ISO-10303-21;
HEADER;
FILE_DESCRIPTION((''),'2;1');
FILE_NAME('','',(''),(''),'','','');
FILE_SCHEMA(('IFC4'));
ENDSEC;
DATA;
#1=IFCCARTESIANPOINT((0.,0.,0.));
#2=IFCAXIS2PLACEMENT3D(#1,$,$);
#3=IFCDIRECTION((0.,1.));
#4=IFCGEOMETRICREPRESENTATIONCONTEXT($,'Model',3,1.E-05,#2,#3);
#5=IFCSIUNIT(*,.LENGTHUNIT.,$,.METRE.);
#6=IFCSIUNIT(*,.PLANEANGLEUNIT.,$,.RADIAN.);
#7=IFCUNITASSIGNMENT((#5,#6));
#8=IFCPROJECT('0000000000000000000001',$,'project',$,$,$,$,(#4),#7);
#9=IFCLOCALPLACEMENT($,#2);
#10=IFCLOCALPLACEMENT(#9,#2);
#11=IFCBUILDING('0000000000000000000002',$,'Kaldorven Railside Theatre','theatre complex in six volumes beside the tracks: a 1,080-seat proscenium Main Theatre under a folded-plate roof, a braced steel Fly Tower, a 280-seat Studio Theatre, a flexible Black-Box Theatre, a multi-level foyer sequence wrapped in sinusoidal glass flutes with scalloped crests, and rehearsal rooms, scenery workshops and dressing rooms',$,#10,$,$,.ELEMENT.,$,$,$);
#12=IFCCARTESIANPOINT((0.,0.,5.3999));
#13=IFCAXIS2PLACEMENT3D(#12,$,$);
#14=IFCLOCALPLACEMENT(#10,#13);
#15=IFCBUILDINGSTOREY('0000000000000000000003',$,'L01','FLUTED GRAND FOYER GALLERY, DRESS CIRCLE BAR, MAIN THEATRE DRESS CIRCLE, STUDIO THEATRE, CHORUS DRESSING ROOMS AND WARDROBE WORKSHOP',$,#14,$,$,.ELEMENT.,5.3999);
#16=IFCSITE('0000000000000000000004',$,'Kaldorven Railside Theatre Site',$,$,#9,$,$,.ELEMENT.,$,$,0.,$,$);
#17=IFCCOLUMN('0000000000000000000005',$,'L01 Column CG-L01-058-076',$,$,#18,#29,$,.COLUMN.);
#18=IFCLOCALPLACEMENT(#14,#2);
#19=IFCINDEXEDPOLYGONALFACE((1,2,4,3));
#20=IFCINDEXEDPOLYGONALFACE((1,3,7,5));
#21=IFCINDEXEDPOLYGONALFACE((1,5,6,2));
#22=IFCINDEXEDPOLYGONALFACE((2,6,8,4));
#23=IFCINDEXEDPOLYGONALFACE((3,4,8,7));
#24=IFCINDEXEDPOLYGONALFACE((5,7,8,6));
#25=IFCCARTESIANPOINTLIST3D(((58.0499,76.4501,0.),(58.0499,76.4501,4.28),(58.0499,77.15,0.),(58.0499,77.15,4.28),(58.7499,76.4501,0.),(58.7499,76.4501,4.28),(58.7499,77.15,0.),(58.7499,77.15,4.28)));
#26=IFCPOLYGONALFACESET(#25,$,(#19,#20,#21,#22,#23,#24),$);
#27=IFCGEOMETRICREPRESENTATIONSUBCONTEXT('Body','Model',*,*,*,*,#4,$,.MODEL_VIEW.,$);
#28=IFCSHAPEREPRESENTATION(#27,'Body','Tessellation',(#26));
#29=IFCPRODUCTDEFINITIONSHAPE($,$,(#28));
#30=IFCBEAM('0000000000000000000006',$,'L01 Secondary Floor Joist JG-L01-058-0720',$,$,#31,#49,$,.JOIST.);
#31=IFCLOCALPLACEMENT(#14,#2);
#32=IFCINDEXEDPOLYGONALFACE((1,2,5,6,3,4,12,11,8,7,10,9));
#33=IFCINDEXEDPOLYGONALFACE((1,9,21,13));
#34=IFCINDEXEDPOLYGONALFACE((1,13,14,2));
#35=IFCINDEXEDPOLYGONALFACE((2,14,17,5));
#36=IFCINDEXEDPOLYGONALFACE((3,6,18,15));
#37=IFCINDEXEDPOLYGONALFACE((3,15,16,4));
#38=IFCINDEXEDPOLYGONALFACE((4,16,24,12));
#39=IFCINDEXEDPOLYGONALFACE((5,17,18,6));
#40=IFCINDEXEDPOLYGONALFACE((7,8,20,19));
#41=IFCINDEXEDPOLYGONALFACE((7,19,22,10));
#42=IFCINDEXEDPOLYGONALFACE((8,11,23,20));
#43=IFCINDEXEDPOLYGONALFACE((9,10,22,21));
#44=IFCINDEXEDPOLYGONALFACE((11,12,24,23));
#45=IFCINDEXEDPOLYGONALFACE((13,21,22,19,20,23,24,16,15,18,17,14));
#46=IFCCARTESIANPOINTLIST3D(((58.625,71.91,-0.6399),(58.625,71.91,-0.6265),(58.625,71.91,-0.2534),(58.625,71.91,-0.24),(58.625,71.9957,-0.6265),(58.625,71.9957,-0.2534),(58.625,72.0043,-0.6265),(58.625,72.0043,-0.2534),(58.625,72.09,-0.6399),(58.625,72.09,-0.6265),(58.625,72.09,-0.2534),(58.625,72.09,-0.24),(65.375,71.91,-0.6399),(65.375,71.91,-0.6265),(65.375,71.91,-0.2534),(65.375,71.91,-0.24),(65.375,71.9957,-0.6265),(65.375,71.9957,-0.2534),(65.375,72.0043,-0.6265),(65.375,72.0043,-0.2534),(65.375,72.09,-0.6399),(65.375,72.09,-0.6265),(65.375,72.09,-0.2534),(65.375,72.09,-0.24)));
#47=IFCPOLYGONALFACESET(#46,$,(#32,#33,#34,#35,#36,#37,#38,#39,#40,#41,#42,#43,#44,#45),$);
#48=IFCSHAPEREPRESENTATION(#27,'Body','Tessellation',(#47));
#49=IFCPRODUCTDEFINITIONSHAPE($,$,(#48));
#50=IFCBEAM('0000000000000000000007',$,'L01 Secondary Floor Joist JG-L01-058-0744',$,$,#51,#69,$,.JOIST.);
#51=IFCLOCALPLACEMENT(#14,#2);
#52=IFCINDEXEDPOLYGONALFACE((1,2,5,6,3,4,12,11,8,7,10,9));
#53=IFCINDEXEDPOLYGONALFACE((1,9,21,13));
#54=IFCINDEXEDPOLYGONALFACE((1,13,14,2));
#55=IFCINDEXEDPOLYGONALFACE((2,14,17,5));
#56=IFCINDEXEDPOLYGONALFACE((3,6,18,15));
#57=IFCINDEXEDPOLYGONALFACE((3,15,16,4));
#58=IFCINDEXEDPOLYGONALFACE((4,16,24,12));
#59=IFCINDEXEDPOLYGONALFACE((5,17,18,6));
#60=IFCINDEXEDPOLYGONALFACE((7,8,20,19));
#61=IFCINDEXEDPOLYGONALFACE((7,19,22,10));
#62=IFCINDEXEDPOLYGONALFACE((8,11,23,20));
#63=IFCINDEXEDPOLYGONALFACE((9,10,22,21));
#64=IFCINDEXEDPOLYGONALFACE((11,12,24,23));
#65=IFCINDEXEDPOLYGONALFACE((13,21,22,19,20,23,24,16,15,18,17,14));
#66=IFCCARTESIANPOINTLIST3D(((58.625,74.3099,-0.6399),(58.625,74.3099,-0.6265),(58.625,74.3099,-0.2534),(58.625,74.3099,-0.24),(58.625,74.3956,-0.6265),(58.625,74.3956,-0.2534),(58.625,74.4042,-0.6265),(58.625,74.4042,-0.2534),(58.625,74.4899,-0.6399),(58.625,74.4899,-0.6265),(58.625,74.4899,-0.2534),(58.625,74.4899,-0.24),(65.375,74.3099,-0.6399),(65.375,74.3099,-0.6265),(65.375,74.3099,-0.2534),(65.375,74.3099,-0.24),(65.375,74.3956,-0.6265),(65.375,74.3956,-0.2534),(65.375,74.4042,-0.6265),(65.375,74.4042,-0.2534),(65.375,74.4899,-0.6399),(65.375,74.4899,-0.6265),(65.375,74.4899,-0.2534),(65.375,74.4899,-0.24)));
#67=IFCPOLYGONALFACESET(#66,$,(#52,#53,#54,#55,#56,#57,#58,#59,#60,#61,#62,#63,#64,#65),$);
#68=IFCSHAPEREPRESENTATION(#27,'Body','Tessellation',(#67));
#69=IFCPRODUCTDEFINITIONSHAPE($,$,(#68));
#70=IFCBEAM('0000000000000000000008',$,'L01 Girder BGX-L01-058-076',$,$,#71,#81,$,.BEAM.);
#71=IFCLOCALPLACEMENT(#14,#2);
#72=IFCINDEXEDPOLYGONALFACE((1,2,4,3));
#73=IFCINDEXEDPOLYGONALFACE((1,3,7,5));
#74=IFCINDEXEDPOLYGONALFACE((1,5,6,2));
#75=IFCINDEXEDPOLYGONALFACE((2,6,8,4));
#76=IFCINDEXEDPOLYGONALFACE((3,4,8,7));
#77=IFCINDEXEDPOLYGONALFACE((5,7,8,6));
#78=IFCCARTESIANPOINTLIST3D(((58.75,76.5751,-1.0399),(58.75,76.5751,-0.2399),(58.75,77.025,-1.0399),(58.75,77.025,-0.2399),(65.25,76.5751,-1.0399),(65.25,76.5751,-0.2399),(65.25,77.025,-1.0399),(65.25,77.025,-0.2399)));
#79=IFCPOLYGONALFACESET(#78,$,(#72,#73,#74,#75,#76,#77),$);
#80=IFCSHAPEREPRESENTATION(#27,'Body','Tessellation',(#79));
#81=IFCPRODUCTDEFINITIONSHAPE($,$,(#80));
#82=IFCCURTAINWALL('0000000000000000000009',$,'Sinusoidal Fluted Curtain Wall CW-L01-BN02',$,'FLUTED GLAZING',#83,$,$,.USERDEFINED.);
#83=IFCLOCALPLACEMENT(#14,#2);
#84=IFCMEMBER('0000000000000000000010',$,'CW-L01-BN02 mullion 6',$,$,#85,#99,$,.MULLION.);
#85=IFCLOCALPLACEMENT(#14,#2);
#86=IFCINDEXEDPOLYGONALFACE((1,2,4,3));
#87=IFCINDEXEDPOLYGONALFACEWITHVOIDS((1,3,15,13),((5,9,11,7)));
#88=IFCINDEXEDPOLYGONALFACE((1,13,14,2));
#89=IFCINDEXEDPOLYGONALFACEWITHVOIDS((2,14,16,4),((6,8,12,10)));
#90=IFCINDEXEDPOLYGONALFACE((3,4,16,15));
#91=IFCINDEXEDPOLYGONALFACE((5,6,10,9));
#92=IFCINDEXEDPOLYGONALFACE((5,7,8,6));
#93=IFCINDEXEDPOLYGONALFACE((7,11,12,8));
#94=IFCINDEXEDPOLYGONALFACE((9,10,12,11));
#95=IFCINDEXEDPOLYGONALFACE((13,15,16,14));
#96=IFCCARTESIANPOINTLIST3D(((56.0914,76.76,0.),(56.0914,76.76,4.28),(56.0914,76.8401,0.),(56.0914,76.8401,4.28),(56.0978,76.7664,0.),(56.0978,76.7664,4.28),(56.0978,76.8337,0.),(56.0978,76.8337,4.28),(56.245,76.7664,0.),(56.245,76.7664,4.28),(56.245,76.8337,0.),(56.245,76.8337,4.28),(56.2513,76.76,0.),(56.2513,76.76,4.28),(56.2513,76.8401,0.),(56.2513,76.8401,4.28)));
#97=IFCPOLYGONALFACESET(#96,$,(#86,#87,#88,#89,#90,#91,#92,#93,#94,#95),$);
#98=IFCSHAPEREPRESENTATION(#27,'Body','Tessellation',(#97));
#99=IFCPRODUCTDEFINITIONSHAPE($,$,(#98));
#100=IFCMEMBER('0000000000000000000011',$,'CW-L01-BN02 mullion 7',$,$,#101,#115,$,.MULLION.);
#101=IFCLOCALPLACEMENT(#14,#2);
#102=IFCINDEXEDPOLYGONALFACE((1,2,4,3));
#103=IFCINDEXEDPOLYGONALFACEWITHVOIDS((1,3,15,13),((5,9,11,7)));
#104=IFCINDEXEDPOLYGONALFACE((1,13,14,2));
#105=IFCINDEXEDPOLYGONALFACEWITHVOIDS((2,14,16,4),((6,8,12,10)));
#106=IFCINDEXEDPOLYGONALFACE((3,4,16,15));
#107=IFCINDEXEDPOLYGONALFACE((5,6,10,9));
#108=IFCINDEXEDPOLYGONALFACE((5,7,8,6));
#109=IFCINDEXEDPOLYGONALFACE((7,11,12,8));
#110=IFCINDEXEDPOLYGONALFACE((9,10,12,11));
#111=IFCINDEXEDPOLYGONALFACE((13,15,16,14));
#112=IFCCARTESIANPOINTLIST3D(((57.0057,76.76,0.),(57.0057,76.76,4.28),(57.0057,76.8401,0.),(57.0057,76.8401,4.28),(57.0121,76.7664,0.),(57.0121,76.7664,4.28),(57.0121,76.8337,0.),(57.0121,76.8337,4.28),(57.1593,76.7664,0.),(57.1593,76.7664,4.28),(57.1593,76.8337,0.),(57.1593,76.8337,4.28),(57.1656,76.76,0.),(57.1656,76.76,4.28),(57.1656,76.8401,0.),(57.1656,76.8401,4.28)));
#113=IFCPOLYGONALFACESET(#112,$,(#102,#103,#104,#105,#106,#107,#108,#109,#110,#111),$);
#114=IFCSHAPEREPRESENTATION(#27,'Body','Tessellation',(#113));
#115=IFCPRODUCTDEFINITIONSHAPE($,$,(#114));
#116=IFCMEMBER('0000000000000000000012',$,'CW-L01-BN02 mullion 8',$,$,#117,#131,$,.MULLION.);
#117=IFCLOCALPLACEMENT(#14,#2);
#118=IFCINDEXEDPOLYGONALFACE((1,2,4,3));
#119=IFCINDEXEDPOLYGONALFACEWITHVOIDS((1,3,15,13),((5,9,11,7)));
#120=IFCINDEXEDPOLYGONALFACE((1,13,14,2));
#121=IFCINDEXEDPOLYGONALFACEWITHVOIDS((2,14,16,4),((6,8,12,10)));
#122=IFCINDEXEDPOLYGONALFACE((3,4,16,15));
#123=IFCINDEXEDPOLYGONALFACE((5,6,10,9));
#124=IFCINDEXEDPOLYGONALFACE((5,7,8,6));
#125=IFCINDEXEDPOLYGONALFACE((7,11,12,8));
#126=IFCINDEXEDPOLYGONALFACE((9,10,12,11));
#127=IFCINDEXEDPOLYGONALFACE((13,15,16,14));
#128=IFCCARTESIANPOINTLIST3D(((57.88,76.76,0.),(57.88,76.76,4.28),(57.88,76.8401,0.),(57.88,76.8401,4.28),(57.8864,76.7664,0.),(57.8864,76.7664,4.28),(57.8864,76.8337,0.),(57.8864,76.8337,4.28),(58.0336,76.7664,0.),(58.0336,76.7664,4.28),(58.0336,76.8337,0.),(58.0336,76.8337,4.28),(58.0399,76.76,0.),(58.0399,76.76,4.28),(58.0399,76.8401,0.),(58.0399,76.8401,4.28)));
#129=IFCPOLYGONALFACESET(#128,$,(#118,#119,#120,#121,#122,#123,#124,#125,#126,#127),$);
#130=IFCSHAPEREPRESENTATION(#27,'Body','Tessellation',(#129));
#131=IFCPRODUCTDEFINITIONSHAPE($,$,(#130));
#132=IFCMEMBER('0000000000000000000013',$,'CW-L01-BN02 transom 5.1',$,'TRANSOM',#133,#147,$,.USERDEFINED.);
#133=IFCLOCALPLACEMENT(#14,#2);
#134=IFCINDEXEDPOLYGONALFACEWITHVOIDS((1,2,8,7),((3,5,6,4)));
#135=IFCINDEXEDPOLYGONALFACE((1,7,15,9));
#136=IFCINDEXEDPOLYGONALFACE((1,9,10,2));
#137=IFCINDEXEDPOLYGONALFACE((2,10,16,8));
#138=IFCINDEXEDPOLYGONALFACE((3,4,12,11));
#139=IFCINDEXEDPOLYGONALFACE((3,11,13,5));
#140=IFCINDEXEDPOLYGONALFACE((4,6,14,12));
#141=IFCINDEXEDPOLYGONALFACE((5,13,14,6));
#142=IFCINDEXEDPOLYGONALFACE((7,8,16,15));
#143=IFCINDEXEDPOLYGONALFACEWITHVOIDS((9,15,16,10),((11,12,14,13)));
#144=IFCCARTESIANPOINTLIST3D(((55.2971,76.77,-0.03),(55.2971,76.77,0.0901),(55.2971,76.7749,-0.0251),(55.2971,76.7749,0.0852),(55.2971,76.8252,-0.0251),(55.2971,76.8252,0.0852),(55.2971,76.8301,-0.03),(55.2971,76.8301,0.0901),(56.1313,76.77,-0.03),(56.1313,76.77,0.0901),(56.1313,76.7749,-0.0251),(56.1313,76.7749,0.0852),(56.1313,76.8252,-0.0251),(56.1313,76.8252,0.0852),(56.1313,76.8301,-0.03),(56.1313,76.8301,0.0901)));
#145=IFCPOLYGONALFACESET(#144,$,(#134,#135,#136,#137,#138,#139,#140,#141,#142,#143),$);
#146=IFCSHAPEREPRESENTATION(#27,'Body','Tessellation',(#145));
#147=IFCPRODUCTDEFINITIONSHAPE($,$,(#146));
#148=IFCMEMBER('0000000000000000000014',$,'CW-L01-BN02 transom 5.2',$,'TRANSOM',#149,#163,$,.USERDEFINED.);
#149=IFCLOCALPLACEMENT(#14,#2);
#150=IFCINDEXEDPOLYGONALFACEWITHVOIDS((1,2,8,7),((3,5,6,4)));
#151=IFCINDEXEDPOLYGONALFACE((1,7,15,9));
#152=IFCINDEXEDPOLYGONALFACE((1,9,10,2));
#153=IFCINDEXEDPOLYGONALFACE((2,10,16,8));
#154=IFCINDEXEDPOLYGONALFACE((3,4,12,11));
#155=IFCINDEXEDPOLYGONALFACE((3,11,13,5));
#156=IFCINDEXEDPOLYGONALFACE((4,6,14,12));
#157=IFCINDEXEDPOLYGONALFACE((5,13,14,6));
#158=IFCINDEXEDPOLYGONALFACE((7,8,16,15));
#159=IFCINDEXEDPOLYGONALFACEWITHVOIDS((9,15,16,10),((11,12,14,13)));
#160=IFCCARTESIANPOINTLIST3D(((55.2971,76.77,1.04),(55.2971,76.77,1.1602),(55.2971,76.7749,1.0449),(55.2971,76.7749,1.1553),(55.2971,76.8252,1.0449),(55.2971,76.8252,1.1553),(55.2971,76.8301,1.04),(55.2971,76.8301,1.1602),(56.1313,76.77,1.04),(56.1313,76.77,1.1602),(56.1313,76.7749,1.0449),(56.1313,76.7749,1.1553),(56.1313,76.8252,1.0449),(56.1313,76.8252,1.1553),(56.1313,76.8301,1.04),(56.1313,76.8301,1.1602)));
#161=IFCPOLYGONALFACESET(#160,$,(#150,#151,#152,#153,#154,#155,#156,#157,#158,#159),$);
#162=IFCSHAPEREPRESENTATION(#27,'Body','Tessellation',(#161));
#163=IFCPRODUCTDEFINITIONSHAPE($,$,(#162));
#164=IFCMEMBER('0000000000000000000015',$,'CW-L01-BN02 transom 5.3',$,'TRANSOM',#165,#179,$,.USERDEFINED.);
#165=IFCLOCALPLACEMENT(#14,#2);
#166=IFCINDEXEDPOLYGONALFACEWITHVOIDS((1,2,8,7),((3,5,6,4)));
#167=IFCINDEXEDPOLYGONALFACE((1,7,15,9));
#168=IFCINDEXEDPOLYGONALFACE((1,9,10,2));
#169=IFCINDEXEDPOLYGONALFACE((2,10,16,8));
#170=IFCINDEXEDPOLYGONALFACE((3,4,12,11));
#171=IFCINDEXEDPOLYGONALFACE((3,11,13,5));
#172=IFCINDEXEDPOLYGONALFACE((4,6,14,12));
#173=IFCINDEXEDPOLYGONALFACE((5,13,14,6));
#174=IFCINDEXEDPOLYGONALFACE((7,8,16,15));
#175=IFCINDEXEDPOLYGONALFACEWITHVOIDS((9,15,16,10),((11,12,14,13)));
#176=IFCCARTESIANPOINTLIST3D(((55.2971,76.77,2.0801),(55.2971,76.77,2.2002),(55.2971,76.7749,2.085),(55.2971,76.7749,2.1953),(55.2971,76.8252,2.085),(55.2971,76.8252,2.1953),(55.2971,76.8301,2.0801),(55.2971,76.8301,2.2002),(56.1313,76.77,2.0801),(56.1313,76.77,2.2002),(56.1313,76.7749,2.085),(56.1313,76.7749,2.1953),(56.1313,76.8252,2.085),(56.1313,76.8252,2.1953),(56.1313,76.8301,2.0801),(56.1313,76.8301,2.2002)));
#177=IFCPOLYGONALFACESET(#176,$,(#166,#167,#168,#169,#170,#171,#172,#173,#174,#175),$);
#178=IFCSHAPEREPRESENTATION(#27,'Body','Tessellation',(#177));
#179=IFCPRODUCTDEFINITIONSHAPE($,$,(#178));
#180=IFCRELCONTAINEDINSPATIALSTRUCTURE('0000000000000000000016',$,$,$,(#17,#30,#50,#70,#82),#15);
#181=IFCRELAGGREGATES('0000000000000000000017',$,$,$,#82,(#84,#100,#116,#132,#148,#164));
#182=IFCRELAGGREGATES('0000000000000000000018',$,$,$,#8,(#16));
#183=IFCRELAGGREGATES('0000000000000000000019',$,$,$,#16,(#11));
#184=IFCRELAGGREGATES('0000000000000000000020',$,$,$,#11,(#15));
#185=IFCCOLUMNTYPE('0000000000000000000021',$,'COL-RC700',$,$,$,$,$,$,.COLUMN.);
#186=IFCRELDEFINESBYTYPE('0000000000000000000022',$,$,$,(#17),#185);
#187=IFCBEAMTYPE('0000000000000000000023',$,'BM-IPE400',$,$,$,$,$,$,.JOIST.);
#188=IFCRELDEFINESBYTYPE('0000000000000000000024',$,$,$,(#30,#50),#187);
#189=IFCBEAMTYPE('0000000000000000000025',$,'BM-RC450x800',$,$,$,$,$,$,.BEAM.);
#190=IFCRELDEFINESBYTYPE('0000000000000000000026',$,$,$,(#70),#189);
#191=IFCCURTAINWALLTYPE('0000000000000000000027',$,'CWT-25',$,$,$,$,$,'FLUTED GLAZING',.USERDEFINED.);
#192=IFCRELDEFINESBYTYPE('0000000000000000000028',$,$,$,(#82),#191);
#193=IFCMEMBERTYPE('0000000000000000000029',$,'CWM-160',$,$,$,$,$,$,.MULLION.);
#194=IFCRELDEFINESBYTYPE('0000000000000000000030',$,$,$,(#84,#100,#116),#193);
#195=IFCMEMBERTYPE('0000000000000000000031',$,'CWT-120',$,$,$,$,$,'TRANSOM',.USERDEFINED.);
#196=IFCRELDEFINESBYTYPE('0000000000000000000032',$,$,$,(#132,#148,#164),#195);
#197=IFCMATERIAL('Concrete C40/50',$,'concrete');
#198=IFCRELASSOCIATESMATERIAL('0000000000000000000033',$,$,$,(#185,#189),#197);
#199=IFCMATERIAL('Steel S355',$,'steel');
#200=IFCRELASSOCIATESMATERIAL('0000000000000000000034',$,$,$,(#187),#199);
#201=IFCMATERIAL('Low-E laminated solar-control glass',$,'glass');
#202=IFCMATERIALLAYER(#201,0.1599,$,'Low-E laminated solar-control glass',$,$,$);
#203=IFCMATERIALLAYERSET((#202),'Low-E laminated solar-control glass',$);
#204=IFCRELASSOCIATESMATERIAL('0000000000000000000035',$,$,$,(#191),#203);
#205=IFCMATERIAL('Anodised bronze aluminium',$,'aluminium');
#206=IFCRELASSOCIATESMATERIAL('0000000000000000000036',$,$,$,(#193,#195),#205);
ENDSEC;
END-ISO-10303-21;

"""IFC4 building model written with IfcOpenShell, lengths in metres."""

from ifc_helpers import new_model, si_unit, direction, frame, origin, origin_2d, place, context, subcontext, project, spatial, rectangle, hollow_rectangle, i_section, extrude, material, layer, layer_set, material_profile, profile_set, type_object, element, aggregate, save


model = new_model("IFC4")

# Units and contexts
model_context = context("Model", 3, precision=1e-05, world=origin(), true_north=direction((0.0, 1.0)))
body_context = subcontext(model_context, "Body", "Model", "MODEL_VIEW")
ifc_project = project(units=[si_unit("LENGTHUNIT", "METRE"), si_unit("PLANEANGLEUNIT", "RADIAN")], contexts=[model_context])

# Site, building, storey
site_placement = place(None, origin())
site = spatial("IfcSite", under=ifc_project, at=site_placement, Name="Kaldorven Railside Theatre Site", CompositionType="ELEMENT", RefElevation=0.0)
building_placement = place(site_placement, origin())
building = spatial("IfcBuilding", under=site, at=building_placement, Name="Kaldorven Railside Theatre", Description="theatre complex in six volumes beside the tracks: a 1,080-seat proscenium Main Theatre under a folded-plate roof, a braced steel Fly Tower, a 280-seat Studio Theatre, a flexible Black-Box Theatre, a multi-level foyer sequence wrapped in sinusoidal glass flutes with scalloped crests, and rehearsal rooms, scenery workshops and dressing rooms", CompositionType="ELEMENT")
storey_placement = place(building_placement, frame((0.0, 0.0, 5.3999)))
storey = spatial("IfcBuildingStorey", under=building, at=storey_placement, Name="L01", Description="FLUTED GRAND FOYER GALLERY, DRESS CIRCLE BAR, MAIN THEATRE DRESS CIRCLE, STUDIO THEATRE, CHORUS DRESSING ROOMS AND WARDROBE WORKSHOP", CompositionType="ELEMENT", Elevation=5.3999)

# Column
ifc_material_1 = material(Name="Concrete C40/50", Category="concrete")
ifc_material_profile_1 = material_profile(ifc_material_1, rectangle(XDim=0.7, YDim=0.7, at=origin_2d()), Name="RC 700x700")
ifc_profile_set_1 = profile_set([ifc_material_profile_1], Name="Concrete C40/50")
column_type = type_object("IfcColumnType", Name="COL-RC700", PredefinedType="COLUMN", material=ifc_profile_set_1)
column_placement = place(storey_placement, frame((58.3999, 76.8, 0.0), z_axis=(0.0, 0.0, 1.0), x_axis=(0.0, 1.0, 0.0)))
element("IfcColumn", 1, at=column_placement, inside=storey, type_object=column_type, Name="L01 Column CG-L01-058-076", PredefinedType="COLUMN", context=body_context, shape_type="SweptSolid", body=[
    extrude(rectangle(XDim=0.7, YDim=0.7, at=origin_2d()), origin(), (0.0, 0.0, 1.0), 4.28),
])

# Beams
ifc_material_2 = material(Name="Steel S355", Category="steel")
ifc_material_profile_2 = material_profile(ifc_material_2, i_section(OverallWidth=0.1799, OverallDepth=0.3999, WebThickness=0.0085, FlangeThickness=0.0134, at=origin_2d()), Name="IPE 400")
ifc_profile_set_2 = profile_set([ifc_material_profile_2], Name="Steel S355")
beam_type_1 = type_object("IfcBeamType", Name="BM-IPE400", PredefinedType="JOIST", material=ifc_profile_set_2)
for number, where, z_axis, x_axis, name in (
    (2, (58.625, 72.0, -0.4399), (1.0, 0.0, 0.0), (0.0, 1.0, 0.0), "L01 Secondary Floor Joist JG-L01-058-0720"),
    (3, (58.625, 74.3999, -0.4399), (1.0, 0.0, 0.0), (0.0, 1.0, 0.0), "L01 Secondary Floor Joist JG-L01-058-0744"),
):
    element("IfcBeam", number, at=place(storey_placement, frame(where, z_axis=z_axis, x_axis=x_axis)), inside=storey, type_object=beam_type_1, Name=name, PredefinedType="JOIST", context=body_context, shape_type="SweptSolid", body=[
        extrude(i_section(OverallWidth=0.1799, OverallDepth=0.3999, WebThickness=0.0085, FlangeThickness=0.0134, at=origin_2d()), origin(), (0.0, 0.0, 1.0), 6.75),
    ])
ifc_material_profile_3 = material_profile(ifc_material_1, rectangle(XDim=0.45, YDim=0.8, at=origin_2d()), Name="RC 450x800")
ifc_profile_set_3 = profile_set([ifc_material_profile_3], Name="Concrete C40/50")
beam_type_2 = type_object("IfcBeamType", Name="BM-RC450x800", PredefinedType="BEAM", material=ifc_profile_set_3)
beam_placement = place(storey_placement, frame((58.75, 76.8, -0.6399), z_axis=(1.0, 0.0, 0.0), x_axis=(0.0, 1.0, 0.0)))
element("IfcBeam", 4, at=beam_placement, inside=storey, type_object=beam_type_2, Name="L01 Girder BGX-L01-058-076", PredefinedType="BEAM", context=body_context, shape_type="SweptSolid", body=[
    extrude(rectangle(XDim=0.45, YDim=0.8, at=origin_2d()), origin(), (0.0, 0.0, 1.0), 6.5),
])

# Curtain wall, members
ifc_material_3 = material(Name="Low-E laminated solar-control glass", Category="glass")
ifc_layer_1 = layer(ifc_material_3, 0.1599, Name="Low-E laminated solar-control glass")
ifc_layer_set_1 = layer_set([ifc_layer_1], Name="Low-E laminated solar-control glass")
curtain_wall_type = type_object("IfcCurtainWallType", Name="CWT-25", ElementType="FLUTED GLAZING", PredefinedType="USERDEFINED", material=ifc_layer_set_1)
curtain_wall_placement = place(storey_placement, origin())
curtain_wall = element("IfcCurtainWall", 5, at=curtain_wall_placement, inside=storey, type_object=curtain_wall_type, Name="Sinusoidal Fluted Curtain Wall CW-L01-BN02", ObjectType="FLUTED GLAZING", PredefinedType="USERDEFINED")
ifc_material_4 = material(Name="Anodised bronze aluminium", Category="aluminium")
ifc_material_profile_4 = material_profile(ifc_material_4, hollow_rectangle(XDim=0.0801, YDim=0.1599, WallThickness=0.0063, at=origin_2d()), Name="RHS 160x80x6.3")
ifc_profile_set_4 = profile_set([ifc_material_profile_4], Name="Anodised bronze aluminium")
member_type_1 = type_object("IfcMemberType", Name="CWM-160", PredefinedType="MULLION", material=ifc_profile_set_4)
member_1_placement = place(storey_placement, frame((56.1714, 76.8, 0.0), z_axis=(0.0, 0.0, 1.0), x_axis=(0.0, 1.0, 0.0)))
member_1 = element("IfcMember", 6, at=member_1_placement, type_object=member_type_1, Name="CW-L01-BN02 mullion 6", PredefinedType="MULLION", context=body_context, shape_type="SweptSolid", body=[
    extrude(hollow_rectangle(XDim=0.0801, YDim=0.1599, WallThickness=0.0063, at=origin_2d()), origin(), (0.0, 0.0, 1.0), 4.28),
])
member_2_placement = place(storey_placement, frame((57.0857, 76.8, 0.0), z_axis=(0.0, 0.0, 1.0), x_axis=(0.0, 1.0, 0.0)))
member_2 = element("IfcMember", 7, at=member_2_placement, type_object=member_type_1, Name="CW-L01-BN02 mullion 7", PredefinedType="MULLION", context=body_context, shape_type="SweptSolid", body=[
    extrude(hollow_rectangle(XDim=0.0801, YDim=0.1599, WallThickness=0.0063, at=origin_2d()), origin(), (0.0, 0.0, 1.0), 4.28),
])
member_3_placement = place(storey_placement, frame((57.96, 76.8, 0.0), z_axis=(0.0, 0.0, 1.0), x_axis=(0.0, 1.0, 0.0)))
member_3 = element("IfcMember", 8, at=member_3_placement, type_object=member_type_1, Name="CW-L01-BN02 mullion 8", PredefinedType="MULLION", context=body_context, shape_type="SweptSolid", body=[
    extrude(hollow_rectangle(XDim=0.0801, YDim=0.1599, WallThickness=0.0063, at=origin_2d()), origin(), (0.0, 0.0, 1.0), 4.28),
])
ifc_material_profile_5 = material_profile(ifc_material_4, hollow_rectangle(XDim=0.0601, YDim=0.1201, WallThickness=0.0049, at=origin_2d()), Name="RHS 120x60x5")
ifc_profile_set_5 = profile_set([ifc_material_profile_5], Name="Anodised bronze aluminium")
member_type_2 = type_object("IfcMemberType", Name="CWT-120", ElementType="TRANSOM", PredefinedType="USERDEFINED", material=ifc_profile_set_5)
member_4_placement = place(storey_placement, frame((55.2971, 76.8, 0.03), z_axis=(1.0, 0.0, 0.0), x_axis=(0.0, 1.0, 0.0)))
member_4 = element("IfcMember", 9, at=member_4_placement, type_object=member_type_2, Name="CW-L01-BN02 transom 5.1", ObjectType="TRANSOM", PredefinedType="USERDEFINED", context=body_context, shape_type="SweptSolid", body=[
    extrude(hollow_rectangle(XDim=0.0601, YDim=0.1201, WallThickness=0.0049, at=origin_2d()), origin(), (0.0, 0.0, 1.0), 0.8342),
])
member_5_placement = place(storey_placement, frame((55.2971, 76.8, 1.1001), z_axis=(1.0, 0.0, 0.0), x_axis=(0.0, 1.0, 0.0)))
member_5 = element("IfcMember", 10, at=member_5_placement, type_object=member_type_2, Name="CW-L01-BN02 transom 5.2", ObjectType="TRANSOM", PredefinedType="USERDEFINED", context=body_context, shape_type="SweptSolid", body=[
    extrude(hollow_rectangle(XDim=0.0601, YDim=0.1201, WallThickness=0.0049, at=origin_2d()), origin(), (0.0, 0.0, 1.0), 0.8342),
])
member_6_placement = place(storey_placement, frame((55.2971, 76.8, 2.1401), z_axis=(1.0, 0.0, 0.0), x_axis=(0.0, 1.0, 0.0)))
member_6 = element("IfcMember", 11, at=member_6_placement, type_object=member_type_2, Name="CW-L01-BN02 transom 5.3", ObjectType="TRANSOM", PredefinedType="USERDEFINED", context=body_context, shape_type="SweptSolid", body=[
    extrude(hollow_rectangle(XDim=0.0601, YDim=0.1201, WallThickness=0.0049, at=origin_2d()), origin(), (0.0, 0.0, 1.0), 0.8342),
])
aggregate(curtain_wall, [member_1, member_2, member_3, member_4, member_5, member_6])

save(model, "model.ifc")
